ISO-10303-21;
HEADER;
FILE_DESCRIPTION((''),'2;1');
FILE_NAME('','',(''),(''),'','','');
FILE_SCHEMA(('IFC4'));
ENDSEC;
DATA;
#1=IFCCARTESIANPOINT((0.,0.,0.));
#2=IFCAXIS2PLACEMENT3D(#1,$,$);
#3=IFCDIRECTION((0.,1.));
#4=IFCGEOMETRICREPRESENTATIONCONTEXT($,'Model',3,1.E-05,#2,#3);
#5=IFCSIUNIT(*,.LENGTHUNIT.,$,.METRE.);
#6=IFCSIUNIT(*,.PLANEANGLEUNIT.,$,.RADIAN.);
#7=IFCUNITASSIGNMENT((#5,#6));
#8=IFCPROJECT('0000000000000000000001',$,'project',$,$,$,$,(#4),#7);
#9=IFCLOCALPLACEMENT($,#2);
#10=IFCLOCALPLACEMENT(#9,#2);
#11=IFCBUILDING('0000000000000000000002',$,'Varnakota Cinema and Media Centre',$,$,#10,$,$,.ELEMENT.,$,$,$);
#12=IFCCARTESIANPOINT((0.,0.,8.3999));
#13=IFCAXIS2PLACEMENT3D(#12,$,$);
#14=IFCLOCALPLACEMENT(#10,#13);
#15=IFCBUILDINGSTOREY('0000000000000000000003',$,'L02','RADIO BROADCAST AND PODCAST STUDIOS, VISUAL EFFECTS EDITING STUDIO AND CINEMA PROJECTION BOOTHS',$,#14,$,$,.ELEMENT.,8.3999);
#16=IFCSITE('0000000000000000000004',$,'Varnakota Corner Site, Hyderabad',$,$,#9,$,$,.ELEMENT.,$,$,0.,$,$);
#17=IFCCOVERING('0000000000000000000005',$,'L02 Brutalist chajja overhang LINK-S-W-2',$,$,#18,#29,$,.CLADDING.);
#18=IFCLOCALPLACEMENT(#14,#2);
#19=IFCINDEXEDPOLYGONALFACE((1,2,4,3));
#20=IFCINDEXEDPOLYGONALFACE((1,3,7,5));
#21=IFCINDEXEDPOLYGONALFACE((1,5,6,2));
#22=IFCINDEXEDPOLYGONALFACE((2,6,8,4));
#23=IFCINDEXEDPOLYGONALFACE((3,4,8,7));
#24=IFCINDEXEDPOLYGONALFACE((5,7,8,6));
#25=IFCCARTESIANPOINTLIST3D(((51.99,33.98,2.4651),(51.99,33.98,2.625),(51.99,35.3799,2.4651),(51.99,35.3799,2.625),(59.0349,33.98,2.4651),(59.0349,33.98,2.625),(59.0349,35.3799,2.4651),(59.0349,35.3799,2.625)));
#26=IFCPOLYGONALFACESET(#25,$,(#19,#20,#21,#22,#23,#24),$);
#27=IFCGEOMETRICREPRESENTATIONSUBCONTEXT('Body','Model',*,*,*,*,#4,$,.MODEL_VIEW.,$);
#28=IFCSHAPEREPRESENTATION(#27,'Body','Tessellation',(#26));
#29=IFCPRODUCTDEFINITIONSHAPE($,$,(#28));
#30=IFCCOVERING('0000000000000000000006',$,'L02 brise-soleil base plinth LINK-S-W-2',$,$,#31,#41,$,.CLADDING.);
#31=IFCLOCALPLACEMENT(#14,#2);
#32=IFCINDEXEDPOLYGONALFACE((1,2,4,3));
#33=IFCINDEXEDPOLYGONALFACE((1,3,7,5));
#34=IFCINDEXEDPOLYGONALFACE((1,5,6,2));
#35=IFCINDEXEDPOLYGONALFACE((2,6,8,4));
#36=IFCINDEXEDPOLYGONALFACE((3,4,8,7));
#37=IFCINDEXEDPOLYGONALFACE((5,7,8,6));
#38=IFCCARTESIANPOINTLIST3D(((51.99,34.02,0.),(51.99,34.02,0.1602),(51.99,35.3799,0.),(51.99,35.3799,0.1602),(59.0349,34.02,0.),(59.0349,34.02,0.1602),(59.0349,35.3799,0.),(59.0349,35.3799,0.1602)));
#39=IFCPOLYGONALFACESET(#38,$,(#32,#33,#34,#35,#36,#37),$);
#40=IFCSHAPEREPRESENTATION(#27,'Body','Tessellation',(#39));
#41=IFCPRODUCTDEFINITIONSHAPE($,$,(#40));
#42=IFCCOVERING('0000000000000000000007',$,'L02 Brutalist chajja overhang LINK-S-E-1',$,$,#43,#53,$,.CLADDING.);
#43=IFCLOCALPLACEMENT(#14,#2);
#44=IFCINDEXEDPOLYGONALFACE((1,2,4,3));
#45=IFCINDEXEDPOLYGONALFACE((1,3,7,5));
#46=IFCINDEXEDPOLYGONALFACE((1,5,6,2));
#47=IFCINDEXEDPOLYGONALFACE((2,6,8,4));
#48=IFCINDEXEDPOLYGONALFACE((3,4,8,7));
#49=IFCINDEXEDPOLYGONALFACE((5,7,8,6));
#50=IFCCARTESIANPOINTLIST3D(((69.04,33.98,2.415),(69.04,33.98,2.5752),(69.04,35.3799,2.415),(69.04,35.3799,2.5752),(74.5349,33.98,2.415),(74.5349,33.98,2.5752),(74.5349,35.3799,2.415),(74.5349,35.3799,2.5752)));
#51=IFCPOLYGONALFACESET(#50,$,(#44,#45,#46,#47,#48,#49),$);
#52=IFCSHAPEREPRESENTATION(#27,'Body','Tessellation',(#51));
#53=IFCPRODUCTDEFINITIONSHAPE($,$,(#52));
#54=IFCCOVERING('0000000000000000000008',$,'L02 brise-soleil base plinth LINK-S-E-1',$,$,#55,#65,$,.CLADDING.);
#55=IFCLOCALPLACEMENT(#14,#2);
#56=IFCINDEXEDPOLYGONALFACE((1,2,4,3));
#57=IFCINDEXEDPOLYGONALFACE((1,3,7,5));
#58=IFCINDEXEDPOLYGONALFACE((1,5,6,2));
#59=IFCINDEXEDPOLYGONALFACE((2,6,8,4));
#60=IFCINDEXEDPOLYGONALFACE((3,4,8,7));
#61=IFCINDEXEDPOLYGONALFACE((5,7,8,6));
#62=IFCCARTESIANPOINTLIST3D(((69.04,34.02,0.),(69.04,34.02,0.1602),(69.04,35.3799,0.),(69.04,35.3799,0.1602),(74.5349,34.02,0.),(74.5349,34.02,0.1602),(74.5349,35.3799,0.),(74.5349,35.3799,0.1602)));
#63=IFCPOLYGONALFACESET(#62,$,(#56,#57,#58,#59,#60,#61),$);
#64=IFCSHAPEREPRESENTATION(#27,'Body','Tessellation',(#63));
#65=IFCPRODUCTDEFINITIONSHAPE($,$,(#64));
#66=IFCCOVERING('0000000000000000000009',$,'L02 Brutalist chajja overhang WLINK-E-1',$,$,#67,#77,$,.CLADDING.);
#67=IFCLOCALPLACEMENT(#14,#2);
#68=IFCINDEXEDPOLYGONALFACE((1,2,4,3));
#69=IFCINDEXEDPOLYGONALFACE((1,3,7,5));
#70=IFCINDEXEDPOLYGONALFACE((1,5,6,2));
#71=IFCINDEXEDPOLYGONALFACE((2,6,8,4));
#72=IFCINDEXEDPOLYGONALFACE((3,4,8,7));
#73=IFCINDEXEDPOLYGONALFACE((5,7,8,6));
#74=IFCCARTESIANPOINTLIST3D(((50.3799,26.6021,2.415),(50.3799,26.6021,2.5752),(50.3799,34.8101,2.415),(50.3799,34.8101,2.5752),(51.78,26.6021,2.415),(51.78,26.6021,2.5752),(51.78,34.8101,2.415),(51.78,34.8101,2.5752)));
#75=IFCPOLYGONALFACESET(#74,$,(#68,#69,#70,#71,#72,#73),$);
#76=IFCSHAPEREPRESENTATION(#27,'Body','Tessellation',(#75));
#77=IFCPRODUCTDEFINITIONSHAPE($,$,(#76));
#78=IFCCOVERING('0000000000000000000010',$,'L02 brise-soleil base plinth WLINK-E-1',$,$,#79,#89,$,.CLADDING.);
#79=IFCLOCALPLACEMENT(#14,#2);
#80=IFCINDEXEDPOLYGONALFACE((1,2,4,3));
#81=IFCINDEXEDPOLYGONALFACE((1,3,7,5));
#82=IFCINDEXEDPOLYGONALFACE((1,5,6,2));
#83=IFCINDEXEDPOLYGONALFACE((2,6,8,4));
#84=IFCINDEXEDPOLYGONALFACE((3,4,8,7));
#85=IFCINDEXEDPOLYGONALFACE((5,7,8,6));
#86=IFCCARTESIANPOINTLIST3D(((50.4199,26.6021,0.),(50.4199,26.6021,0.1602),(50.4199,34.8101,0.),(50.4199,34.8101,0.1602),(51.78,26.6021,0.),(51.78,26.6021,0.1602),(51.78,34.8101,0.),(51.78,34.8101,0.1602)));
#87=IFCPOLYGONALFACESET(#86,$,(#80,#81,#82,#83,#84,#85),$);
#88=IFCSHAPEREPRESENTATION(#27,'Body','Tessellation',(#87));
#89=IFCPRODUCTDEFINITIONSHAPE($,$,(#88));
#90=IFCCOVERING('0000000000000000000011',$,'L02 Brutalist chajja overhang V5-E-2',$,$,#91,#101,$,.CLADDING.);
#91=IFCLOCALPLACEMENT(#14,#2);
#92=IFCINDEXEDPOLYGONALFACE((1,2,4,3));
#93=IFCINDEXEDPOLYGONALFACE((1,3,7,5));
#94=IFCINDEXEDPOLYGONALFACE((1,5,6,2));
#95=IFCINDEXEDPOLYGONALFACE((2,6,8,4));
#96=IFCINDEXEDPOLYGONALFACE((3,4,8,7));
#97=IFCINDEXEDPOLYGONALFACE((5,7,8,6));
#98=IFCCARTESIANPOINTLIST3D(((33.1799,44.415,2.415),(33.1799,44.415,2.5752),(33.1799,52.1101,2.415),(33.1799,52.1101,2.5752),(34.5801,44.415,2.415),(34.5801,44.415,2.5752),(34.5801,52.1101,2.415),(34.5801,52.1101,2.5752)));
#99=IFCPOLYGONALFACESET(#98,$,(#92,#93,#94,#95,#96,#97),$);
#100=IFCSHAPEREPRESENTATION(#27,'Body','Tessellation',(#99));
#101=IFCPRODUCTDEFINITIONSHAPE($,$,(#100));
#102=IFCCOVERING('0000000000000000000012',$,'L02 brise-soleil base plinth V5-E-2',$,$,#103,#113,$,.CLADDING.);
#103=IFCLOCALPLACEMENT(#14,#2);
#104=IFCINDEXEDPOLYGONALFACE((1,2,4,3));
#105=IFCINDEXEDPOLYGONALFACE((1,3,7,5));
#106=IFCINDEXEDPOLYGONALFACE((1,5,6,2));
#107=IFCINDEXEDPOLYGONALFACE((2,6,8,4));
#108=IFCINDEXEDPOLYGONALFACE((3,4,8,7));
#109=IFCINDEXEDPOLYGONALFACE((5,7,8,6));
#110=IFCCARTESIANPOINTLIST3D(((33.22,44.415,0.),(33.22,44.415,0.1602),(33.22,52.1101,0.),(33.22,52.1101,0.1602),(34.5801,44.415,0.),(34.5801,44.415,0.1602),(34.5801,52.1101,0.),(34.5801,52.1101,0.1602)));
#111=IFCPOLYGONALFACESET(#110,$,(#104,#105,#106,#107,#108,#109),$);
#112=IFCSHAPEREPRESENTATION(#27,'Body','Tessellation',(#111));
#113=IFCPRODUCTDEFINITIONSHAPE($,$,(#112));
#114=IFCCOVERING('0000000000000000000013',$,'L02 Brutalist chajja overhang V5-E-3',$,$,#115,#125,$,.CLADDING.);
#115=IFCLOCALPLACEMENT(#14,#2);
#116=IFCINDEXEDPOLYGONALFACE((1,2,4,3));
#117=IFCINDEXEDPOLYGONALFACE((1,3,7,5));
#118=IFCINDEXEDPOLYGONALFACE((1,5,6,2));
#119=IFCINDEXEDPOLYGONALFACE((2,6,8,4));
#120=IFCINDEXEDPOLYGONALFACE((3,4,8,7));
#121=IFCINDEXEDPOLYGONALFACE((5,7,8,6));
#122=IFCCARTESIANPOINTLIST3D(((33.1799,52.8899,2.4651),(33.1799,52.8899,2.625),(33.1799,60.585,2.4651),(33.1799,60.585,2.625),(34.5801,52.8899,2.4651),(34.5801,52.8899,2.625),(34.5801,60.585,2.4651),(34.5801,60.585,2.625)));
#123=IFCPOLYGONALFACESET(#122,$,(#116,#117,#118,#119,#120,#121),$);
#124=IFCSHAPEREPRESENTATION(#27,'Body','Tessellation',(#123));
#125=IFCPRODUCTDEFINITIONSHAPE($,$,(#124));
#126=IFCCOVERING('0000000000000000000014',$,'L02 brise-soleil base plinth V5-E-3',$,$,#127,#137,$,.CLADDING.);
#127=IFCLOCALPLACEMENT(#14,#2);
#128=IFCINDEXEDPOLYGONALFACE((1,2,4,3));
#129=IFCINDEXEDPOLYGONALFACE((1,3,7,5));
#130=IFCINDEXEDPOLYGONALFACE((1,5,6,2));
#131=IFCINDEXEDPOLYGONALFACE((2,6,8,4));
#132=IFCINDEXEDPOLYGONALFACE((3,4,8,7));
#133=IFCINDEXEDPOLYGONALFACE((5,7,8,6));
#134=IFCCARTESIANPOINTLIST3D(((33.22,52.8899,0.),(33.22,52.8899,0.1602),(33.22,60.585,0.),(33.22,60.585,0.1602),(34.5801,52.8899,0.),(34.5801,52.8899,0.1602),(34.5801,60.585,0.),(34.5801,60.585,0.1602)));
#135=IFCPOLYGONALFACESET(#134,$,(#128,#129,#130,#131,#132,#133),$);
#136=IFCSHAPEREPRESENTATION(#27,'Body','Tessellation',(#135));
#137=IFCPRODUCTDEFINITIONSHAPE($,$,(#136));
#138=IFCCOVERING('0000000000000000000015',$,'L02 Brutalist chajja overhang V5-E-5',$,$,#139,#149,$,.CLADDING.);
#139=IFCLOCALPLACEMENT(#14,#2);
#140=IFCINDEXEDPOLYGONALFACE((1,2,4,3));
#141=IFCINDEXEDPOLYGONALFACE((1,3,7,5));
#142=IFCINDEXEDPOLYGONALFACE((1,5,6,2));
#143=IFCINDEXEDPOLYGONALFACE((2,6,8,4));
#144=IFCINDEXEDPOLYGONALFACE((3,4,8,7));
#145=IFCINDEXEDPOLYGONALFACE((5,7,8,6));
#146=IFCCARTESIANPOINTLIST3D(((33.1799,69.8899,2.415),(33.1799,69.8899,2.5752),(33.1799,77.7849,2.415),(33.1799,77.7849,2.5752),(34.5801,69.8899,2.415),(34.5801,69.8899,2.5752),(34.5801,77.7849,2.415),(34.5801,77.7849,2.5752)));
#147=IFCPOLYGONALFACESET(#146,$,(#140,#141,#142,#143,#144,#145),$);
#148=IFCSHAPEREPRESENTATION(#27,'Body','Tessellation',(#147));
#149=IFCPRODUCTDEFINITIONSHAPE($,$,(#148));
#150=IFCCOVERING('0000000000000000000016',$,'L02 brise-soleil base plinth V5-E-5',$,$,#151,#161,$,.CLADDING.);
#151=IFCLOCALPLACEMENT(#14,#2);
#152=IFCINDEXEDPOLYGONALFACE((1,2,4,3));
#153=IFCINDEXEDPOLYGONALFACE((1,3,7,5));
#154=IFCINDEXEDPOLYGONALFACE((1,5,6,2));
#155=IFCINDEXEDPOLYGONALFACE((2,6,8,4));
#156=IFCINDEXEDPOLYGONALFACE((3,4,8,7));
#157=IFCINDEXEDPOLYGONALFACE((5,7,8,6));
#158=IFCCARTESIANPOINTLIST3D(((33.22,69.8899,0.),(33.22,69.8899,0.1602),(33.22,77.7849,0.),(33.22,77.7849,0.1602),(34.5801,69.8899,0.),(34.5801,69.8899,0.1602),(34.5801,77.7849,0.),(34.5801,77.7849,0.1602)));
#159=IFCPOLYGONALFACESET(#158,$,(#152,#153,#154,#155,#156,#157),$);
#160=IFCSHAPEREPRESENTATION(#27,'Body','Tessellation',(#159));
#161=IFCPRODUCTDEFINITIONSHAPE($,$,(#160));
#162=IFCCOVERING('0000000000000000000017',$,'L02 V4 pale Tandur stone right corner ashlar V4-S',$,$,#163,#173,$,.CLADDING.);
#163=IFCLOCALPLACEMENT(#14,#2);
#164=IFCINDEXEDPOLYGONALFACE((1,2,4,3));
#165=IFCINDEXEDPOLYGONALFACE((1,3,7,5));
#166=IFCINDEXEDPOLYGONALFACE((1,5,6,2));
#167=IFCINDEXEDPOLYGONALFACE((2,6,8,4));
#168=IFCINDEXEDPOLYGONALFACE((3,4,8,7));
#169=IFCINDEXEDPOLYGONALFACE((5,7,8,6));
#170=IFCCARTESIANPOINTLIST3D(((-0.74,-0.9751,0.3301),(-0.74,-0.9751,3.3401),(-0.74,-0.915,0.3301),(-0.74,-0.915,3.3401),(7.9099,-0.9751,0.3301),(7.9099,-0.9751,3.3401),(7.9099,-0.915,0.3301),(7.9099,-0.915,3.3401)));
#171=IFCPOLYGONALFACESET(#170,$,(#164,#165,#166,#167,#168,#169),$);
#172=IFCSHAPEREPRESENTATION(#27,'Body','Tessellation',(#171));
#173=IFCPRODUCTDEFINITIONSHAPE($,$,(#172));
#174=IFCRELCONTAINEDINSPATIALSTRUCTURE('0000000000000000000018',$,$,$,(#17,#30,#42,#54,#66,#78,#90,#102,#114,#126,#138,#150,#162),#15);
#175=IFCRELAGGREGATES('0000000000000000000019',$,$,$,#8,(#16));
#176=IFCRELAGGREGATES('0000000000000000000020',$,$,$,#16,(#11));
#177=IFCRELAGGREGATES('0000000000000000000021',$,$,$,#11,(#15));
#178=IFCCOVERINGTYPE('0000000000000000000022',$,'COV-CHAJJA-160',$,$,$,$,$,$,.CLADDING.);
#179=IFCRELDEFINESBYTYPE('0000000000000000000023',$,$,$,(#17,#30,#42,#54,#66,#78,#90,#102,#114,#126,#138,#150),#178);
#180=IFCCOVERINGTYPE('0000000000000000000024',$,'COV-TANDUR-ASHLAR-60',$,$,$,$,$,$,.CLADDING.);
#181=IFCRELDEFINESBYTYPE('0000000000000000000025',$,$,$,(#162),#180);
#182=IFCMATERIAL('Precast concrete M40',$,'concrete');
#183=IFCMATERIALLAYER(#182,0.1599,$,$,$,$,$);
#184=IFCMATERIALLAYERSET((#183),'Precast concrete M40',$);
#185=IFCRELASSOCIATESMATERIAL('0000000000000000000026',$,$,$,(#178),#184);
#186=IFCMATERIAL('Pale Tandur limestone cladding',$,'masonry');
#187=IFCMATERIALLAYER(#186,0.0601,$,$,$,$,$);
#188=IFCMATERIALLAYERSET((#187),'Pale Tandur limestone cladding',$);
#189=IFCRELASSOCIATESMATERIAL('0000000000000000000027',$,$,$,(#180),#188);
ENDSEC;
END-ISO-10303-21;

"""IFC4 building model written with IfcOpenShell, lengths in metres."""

from ifc_helpers import new_model, si_unit, direction, frame, origin, origin_2d, place, context, subcontext, project, spatial, polyline, rectangle, outline, extrude, material, layer, layer_set, type_object, element, save


model = new_model("IFC4")

# Units and contexts
model_context = context("Model", 3, precision=1e-05, world=origin(), true_north=direction((0.0, 1.0)))
body_context = subcontext(model_context, "Body", "Model", "MODEL_VIEW")
ifc_project = project(units=[si_unit("LENGTHUNIT", "METRE"), si_unit("PLANEANGLEUNIT", "RADIAN")], contexts=[model_context])

# Site, building, storey
site_placement = place(None, origin())
site = spatial("IfcSite", under=ifc_project, at=site_placement, Name="Varnakota Corner Site, Hyderabad", CompositionType="ELEMENT", RefElevation=0.0)
building_placement = place(site_placement, origin())
building = spatial("IfcBuilding", under=site, at=building_placement, Name="Varnakota Cinema and Media Centre", CompositionType="ELEMENT")
storey_placement = place(building_placement, frame((0.0, 0.0, 8.3999)))
storey = spatial("IfcBuildingStorey", under=building, at=storey_placement, Name="L02", Description="RADIO BROADCAST AND PODCAST STUDIOS, VISUAL EFFECTS EDITING STUDIO AND CINEMA PROJECTION BOOTHS", CompositionType="ELEMENT", Elevation=8.3999)

# Coverings
ifc_material_1 = material(Name="Precast concrete M40", Category="concrete")
ifc_layer_1 = layer(ifc_material_1, 0.1599)
ifc_layer_set_1 = layer_set([ifc_layer_1], Name="Precast concrete M40")
covering_type_1 = type_object("IfcCoveringType", Name="COV-CHAJJA-160", PredefinedType="CLADDING", material=ifc_layer_set_1)
covering_1_placement = place(storey_placement, frame((0.0, 0.0, 2.4651)))
element("IfcCovering", 1, at=covering_1_placement, inside=storey, type_object=covering_type_1, Name="L02 Brutalist chajja overhang LINK-S-W-2", PredefinedType="CLADDING", context=body_context, shape_type="SweptSolid", body=[
    extrude(outline(polyline([(59.0349, 35.3799), (51.99, 35.3799), (51.99, 33.98), (59.0349, 33.98), (59.0349, 35.3799)])), origin(), (0.0, 0.0, 1.0), 0.1599),
])
covering_2_placement = place(storey_placement, origin())
element("IfcCovering", 2, at=covering_2_placement, inside=storey, type_object=covering_type_1, Name="L02 brise-soleil base plinth LINK-S-W-2", PredefinedType="CLADDING", context=body_context, shape_type="SweptSolid", body=[
    extrude(outline(polyline([(59.0349, 35.3799), (51.99, 35.3799), (51.99, 34.02), (59.0349, 34.02), (59.0349, 35.3799)])), origin(), (0.0, 0.0, 1.0), 0.1602),
])
covering_3_placement = place(storey_placement, frame((0.0, 0.0, 2.415)))
element("IfcCovering", 3, at=covering_3_placement, inside=storey, type_object=covering_type_1, Name="L02 Brutalist chajja overhang LINK-S-E-1", PredefinedType="CLADDING", context=body_context, shape_type="SweptSolid", body=[
    extrude(outline(polyline([(74.5349, 35.3799), (69.04, 35.3799), (69.04, 33.98), (74.5349, 33.98), (74.5349, 35.3799)])), origin(), (0.0, 0.0, 1.0), 0.1602),
])
covering_4_placement = place(storey_placement, origin())
element("IfcCovering", 4, at=covering_4_placement, inside=storey, type_object=covering_type_1, Name="L02 brise-soleil base plinth LINK-S-E-1", PredefinedType="CLADDING", context=body_context, shape_type="SweptSolid", body=[
    extrude(outline(polyline([(74.5349, 35.3799), (69.04, 35.3799), (69.04, 34.02), (74.5349, 34.02), (74.5349, 35.3799)])), origin(), (0.0, 0.0, 1.0), 0.1602),
])
covering_5_placement = place(storey_placement, frame((0.0, 0.0, 2.415)))
element("IfcCovering", 5, at=covering_5_placement, inside=storey, type_object=covering_type_1, Name="L02 Brutalist chajja overhang WLINK-E-1", PredefinedType="CLADDING", context=body_context, shape_type="SweptSolid", body=[
    extrude(outline(polyline([(51.78, 26.6021), (51.78, 34.8101), (50.3799, 34.8101), (50.3799, 26.6021), (51.78, 26.6021)])), origin(), (0.0, 0.0, 1.0), 0.1602),
])
covering_6_placement = place(storey_placement, origin())
element("IfcCovering", 6, at=covering_6_placement, inside=storey, type_object=covering_type_1, Name="L02 brise-soleil base plinth WLINK-E-1", PredefinedType="CLADDING", context=body_context, shape_type="SweptSolid", body=[
    extrude(outline(polyline([(51.78, 26.6021), (51.78, 34.8101), (50.4199, 34.8101), (50.4199, 26.6021), (51.78, 26.6021)])), origin(), (0.0, 0.0, 1.0), 0.1602),
])
covering_7_placement = place(storey_placement, frame((0.0, 0.0, 2.415)))
element("IfcCovering", 7, at=covering_7_placement, inside=storey, type_object=covering_type_1, Name="L02 Brutalist chajja overhang V5-E-2", PredefinedType="CLADDING", context=body_context, shape_type="SweptSolid", body=[
    extrude(outline(polyline([(34.5801, 44.415), (34.5801, 52.1101), (33.1799, 52.1101), (33.1799, 44.415), (34.5801, 44.415)])), origin(), (0.0, 0.0, 1.0), 0.1602),
])
covering_8_placement = place(storey_placement, origin())
element("IfcCovering", 8, at=covering_8_placement, inside=storey, type_object=covering_type_1, Name="L02 brise-soleil base plinth V5-E-2", PredefinedType="CLADDING", context=body_context, shape_type="SweptSolid", body=[
    extrude(outline(polyline([(34.5801, 44.415), (34.5801, 52.1101), (33.22, 52.1101), (33.22, 44.415), (34.5801, 44.415)])), origin(), (0.0, 0.0, 1.0), 0.1602),
])
covering_9_placement = place(storey_placement, frame((0.0, 0.0, 2.4651)))
element("IfcCovering", 9, at=covering_9_placement, inside=storey, type_object=covering_type_1, Name="L02 Brutalist chajja overhang V5-E-3", PredefinedType="CLADDING", context=body_context, shape_type="SweptSolid", body=[
    extrude(outline(polyline([(34.5801, 52.8899), (34.5801, 60.585), (33.1799, 60.585), (33.1799, 52.8899), (34.5801, 52.8899)])), origin(), (0.0, 0.0, 1.0), 0.1599),
])
covering_10_placement = place(storey_placement, origin())
element("IfcCovering", 10, at=covering_10_placement, inside=storey, type_object=covering_type_1, Name="L02 brise-soleil base plinth V5-E-3", PredefinedType="CLADDING", context=body_context, shape_type="SweptSolid", body=[
    extrude(outline(polyline([(34.5801, 52.8899), (34.5801, 60.585), (33.22, 60.585), (33.22, 52.8899), (34.5801, 52.8899)])), origin(), (0.0, 0.0, 1.0), 0.1602),
])
covering_11_placement = place(storey_placement, frame((0.0, 0.0, 2.415)))
element("IfcCovering", 11, at=covering_11_placement, inside=storey, type_object=covering_type_1, Name="L02 Brutalist chajja overhang V5-E-5", PredefinedType="CLADDING", context=body_context, shape_type="SweptSolid", body=[
    extrude(outline(polyline([(34.5801, 69.8899), (34.5801, 77.7849), (33.1799, 77.7849), (33.1799, 69.8899), (34.5801, 69.8899)])), origin(), (0.0, 0.0, 1.0), 0.1602),
])
covering_12_placement = place(storey_placement, origin())
element("IfcCovering", 12, at=covering_12_placement, inside=storey, type_object=covering_type_1, Name="L02 brise-soleil base plinth V5-E-5", PredefinedType="CLADDING", context=body_context, shape_type="SweptSolid", body=[
    extrude(outline(polyline([(34.5801, 69.8899), (34.5801, 77.7849), (33.22, 77.7849), (33.22, 69.8899), (34.5801, 69.8899)])), origin(), (0.0, 0.0, 1.0), 0.1602),
])
ifc_material_2 = material(Name="Pale Tandur limestone cladding", Category="masonry")
ifc_layer_2 = layer(ifc_material_2, 0.0601)
ifc_layer_set_2 = layer_set([ifc_layer_2], Name="Pale Tandur limestone cladding")
covering_type_2 = type_object("IfcCoveringType", Name="COV-TANDUR-ASHLAR-60", PredefinedType="CLADDING", material=ifc_layer_set_2)
covering_13_placement = place(storey_placement, frame((3.585, -0.9451, 0.3301), z_axis=(0.0, 0.0, 1.0), x_axis=(-1.0, 0.0, 0.0)))
element("IfcCovering", 13, at=covering_13_placement, inside=storey, type_object=covering_type_2, Name="L02 V4 pale Tandur stone right corner ashlar V4-S", PredefinedType="CLADDING", context=body_context, shape_type="SweptSolid", body=[
    extrude(rectangle(XDim=8.6499, YDim=0.0601, at=origin_2d()), origin(), (0.0, 0.0, 1.0), 3.01),
])

save(model, "model.ifc")
